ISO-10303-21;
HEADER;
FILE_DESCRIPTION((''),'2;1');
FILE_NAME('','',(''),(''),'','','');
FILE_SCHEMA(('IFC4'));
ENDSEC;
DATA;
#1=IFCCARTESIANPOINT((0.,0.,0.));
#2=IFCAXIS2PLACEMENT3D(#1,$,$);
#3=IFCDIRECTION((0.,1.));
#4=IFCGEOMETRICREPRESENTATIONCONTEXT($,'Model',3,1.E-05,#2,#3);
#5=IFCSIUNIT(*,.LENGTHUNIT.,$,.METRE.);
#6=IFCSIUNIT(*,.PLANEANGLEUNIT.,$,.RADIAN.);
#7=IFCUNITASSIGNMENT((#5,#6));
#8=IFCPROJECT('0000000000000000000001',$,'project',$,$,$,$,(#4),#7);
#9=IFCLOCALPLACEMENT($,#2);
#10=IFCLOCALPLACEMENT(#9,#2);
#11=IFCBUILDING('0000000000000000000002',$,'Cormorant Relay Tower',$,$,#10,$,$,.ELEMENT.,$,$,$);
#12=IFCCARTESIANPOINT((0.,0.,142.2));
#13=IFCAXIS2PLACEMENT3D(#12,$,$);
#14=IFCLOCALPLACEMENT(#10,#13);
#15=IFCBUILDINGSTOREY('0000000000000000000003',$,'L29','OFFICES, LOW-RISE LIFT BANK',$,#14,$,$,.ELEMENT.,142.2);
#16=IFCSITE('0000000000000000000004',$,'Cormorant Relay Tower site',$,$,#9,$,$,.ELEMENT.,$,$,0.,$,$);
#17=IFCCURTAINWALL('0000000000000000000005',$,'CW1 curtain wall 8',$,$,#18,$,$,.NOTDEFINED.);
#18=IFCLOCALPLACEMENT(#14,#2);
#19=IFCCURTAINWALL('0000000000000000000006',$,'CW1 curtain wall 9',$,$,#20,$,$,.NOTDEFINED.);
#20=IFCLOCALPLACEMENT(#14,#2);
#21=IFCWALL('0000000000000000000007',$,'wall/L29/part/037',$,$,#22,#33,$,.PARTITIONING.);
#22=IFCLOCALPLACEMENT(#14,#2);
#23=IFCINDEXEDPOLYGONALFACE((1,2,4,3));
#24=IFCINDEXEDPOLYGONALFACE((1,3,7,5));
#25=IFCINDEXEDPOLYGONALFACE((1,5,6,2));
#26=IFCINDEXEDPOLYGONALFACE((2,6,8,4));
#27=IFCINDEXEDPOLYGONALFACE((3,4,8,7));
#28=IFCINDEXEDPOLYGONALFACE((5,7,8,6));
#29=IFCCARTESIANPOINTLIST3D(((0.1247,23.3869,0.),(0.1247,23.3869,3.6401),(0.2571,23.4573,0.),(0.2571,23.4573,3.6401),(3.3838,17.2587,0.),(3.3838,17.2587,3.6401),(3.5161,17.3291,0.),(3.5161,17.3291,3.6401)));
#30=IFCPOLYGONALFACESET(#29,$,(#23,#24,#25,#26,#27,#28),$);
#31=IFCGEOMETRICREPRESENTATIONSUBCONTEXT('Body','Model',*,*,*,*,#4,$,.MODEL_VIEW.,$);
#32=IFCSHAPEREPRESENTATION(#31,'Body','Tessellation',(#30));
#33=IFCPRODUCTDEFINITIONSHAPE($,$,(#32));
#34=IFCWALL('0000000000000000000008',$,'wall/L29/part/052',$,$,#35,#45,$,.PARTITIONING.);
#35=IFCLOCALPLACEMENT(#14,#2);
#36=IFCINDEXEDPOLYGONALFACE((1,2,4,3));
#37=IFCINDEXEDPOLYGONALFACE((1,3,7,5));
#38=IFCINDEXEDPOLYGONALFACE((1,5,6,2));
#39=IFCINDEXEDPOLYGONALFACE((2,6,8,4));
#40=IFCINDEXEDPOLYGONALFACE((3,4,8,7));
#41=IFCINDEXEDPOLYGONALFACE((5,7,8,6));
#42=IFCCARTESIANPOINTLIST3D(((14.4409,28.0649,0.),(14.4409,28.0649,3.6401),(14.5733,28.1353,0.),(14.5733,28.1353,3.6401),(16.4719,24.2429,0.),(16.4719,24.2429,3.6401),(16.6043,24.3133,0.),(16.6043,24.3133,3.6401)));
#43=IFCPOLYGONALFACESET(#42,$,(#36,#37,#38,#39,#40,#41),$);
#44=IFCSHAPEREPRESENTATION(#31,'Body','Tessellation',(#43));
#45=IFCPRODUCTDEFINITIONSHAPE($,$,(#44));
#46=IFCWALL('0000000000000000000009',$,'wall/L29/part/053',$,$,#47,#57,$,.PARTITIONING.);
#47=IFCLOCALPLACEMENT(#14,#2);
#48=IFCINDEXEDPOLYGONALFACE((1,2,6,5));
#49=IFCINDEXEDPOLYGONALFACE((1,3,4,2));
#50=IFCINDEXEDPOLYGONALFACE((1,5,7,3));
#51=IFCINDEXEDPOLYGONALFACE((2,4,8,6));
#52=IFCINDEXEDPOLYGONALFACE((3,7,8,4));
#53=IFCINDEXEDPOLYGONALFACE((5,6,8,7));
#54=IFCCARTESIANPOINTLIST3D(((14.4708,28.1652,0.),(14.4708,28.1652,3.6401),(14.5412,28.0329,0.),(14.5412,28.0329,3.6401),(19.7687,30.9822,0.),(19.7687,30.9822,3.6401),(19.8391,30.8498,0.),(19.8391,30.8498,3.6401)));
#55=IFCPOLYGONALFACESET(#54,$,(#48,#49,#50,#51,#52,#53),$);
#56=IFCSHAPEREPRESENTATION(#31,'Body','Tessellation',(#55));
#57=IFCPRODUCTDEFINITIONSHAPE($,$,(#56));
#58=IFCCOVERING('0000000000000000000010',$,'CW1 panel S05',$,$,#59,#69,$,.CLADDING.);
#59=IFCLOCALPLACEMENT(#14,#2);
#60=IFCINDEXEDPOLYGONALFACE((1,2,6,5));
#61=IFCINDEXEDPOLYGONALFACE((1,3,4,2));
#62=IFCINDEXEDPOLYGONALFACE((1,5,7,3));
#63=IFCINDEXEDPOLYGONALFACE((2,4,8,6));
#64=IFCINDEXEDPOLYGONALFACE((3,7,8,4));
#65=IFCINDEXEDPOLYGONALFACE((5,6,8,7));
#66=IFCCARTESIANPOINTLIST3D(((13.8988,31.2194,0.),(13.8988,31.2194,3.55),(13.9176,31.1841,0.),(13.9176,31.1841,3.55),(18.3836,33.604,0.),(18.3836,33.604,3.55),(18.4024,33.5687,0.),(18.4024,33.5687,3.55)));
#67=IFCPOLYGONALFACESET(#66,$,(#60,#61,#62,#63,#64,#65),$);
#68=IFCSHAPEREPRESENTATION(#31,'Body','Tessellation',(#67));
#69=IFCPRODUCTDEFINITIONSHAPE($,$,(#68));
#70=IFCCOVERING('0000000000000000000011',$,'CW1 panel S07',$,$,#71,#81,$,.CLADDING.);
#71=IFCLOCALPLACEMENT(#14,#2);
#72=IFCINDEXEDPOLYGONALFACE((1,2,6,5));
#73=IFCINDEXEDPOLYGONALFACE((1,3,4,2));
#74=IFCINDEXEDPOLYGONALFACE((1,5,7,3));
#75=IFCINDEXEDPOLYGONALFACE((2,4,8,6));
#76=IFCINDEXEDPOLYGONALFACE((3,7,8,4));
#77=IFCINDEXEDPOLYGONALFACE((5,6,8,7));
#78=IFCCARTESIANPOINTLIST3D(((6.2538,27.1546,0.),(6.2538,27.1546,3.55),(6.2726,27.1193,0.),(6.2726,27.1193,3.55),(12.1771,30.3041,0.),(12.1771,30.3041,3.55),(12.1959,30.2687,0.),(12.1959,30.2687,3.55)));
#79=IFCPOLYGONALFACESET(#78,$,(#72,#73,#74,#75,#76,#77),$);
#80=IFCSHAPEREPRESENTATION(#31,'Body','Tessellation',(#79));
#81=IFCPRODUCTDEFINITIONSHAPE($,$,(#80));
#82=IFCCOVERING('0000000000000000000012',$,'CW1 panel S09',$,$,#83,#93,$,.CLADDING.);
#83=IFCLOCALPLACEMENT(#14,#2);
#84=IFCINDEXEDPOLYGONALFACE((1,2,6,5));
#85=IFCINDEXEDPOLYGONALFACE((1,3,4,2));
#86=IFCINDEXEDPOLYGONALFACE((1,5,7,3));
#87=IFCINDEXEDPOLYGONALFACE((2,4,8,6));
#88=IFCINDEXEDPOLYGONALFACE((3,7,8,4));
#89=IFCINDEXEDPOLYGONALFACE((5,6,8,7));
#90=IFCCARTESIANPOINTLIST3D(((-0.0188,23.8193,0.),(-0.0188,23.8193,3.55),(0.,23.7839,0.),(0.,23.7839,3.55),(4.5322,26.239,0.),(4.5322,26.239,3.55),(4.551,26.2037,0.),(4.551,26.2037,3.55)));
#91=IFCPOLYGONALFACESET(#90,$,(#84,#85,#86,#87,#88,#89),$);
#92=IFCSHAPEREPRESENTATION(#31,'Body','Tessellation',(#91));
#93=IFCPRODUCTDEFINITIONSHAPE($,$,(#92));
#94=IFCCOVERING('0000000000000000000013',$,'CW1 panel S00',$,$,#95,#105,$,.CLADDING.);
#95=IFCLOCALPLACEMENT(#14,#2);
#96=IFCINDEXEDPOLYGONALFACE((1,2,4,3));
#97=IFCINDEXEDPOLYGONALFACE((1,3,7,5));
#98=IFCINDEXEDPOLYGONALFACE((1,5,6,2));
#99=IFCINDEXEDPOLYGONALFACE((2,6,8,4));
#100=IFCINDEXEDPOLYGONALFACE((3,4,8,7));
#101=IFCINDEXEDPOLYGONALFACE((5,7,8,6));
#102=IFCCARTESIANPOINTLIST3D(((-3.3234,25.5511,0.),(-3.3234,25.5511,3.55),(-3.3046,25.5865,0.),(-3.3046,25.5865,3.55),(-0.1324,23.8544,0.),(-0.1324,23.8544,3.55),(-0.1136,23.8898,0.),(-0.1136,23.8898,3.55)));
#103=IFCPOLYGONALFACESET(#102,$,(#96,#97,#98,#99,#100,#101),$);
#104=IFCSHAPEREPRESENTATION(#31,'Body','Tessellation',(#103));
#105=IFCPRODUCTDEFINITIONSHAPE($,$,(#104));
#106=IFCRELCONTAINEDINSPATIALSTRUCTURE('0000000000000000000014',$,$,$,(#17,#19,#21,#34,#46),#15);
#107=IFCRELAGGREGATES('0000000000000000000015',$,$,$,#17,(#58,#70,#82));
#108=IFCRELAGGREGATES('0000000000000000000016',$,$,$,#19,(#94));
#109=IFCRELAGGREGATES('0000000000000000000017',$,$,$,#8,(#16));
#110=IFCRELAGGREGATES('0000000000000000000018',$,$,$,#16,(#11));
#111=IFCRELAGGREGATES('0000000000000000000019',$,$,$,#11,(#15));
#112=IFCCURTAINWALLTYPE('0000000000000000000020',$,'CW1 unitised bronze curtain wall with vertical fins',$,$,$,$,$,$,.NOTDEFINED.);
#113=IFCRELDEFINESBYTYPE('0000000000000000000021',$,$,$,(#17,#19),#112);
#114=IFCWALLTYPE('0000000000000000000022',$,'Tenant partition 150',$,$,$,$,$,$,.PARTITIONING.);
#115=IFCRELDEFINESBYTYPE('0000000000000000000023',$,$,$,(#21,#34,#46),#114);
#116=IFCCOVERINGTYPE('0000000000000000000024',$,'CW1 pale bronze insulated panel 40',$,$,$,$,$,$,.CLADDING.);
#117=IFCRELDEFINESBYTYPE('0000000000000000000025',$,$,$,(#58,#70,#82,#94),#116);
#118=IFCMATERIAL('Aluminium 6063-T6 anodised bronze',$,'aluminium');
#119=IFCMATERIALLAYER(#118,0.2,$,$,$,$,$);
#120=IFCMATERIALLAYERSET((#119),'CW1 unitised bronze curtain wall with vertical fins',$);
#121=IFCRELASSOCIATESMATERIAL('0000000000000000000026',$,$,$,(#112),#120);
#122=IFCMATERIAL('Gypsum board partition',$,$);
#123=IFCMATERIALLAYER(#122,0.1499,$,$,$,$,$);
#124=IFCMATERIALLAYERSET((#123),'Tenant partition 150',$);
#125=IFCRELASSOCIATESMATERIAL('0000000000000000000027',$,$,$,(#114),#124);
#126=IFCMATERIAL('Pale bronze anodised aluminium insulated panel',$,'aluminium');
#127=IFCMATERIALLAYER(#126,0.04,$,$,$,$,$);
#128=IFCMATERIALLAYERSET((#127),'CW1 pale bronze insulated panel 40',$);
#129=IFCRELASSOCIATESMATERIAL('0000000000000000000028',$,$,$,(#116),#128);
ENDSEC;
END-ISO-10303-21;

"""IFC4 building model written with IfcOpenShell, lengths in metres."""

from ifc_helpers import new_model, si_unit, direction, frame, frame_2d, origin, origin_2d, place, context, subcontext, project, spatial, rectangle, extrude, material, layer, layer_set, type_object, element, aggregate, save


model = new_model("IFC4")

# Units and contexts
model_context = context("Model", 3, precision=1e-05, world=origin(), true_north=direction((0.0, 1.0)))
body_context = subcontext(model_context, "Body", "Model", "MODEL_VIEW")
ifc_project = project(units=[si_unit("LENGTHUNIT", "METRE"), si_unit("PLANEANGLEUNIT", "RADIAN")], contexts=[model_context])

# Site, building, storey
site_placement = place(None, origin())
site = spatial("IfcSite", under=ifc_project, at=site_placement, Name="Cormorant Relay Tower site", CompositionType="ELEMENT", RefElevation=0.0)
building_placement = place(site_placement, origin())
building = spatial("IfcBuilding", under=site, at=building_placement, Name="Cormorant Relay Tower", CompositionType="ELEMENT")
storey_placement = place(building_placement, frame((0.0, 0.0, 142.2)))
storey = spatial("IfcBuildingStorey", under=building, at=storey_placement, Name="L29", Description="OFFICES, LOW-RISE LIFT BANK", CompositionType="ELEMENT", Elevation=142.2)

# Curtain walls
ifc_material_1 = material(Name="Aluminium 6063-T6 anodised bronze", Category="aluminium")
ifc_layer_1 = layer(ifc_material_1, 0.2)
ifc_layer_set_1 = layer_set([ifc_layer_1], Name="CW1 unitised bronze curtain wall with vertical fins")
curtain_wall_type = type_object("IfcCurtainWallType", Name="CW1 unitised bronze curtain wall with vertical fins", PredefinedType="NOTDEFINED", material=ifc_layer_set_1)
curtain_wall_1_placement = place(storey_placement, origin())
curtain_wall_1 = element("IfcCurtainWall", 1, at=curtain_wall_1_placement, inside=storey, type_object=curtain_wall_type, Name="CW1 curtain wall 8", PredefinedType="NOTDEFINED")
curtain_wall_2_placement = place(storey_placement, origin())
curtain_wall_2 = element("IfcCurtainWall", 2, at=curtain_wall_2_placement, inside=storey, type_object=curtain_wall_type, Name="CW1 curtain wall 9", PredefinedType="NOTDEFINED")

# Walls
ifc_material_2 = material(Name="Gypsum board partition")
ifc_layer_2 = layer(ifc_material_2, 0.1499)
ifc_layer_set_2 = layer_set([ifc_layer_2], Name="Tenant partition 150")
wall_type_1 = type_object("IfcWallType", Name="Tenant partition 150", PredefinedType="PARTITIONING", material=ifc_layer_set_2)
wall_1_placement = place(storey_placement, frame((0.1909, 23.4221, 0.0), z_axis=(0.0, 0.0, 1.0), x_axis=(0.469542, -0.88291, 0.0)))
element("IfcWall", 3, at=wall_1_placement, inside=storey, type_object=wall_type_1, Name="wall/L29/part/037", PredefinedType="PARTITIONING", context=body_context, shape_type="SweptSolid", body=[
    extrude(rectangle(XDim=6.9409, YDim=0.1499, at=frame_2d((3.4705, 0.0))), origin(), (0.0, 0.0, 1.0), 3.6401),
])
wall_2_placement = place(storey_placement, frame((14.5071, 28.1001, 0.0), z_axis=(0.0, 0.0, 1.0), x_axis=(0.469256, -0.883062, 0.0)))
element("IfcWall", 4, at=wall_2_placement, inside=storey, type_object=wall_type_1, Name="wall/L29/part/052", PredefinedType="PARTITIONING", context=body_context, shape_type="SweptSolid", body=[
    extrude(rectangle(XDim=4.3281, YDim=0.1499, at=frame_2d((2.1641, 0.0))), origin(), (0.0, 0.0, 1.0), 3.6401),
])
wall_3_placement = place(storey_placement, frame((14.5061, 28.0991, 0.0), z_axis=(0.0, 0.0, 1.0), x_axis=(0.882949, 0.469469, 0.0)))
element("IfcWall", 5, at=wall_3_placement, inside=storey, type_object=wall_type_1, Name="wall/L29/part/053", PredefinedType="PARTITIONING", context=body_context, shape_type="SweptSolid", body=[
    extrude(rectangle(XDim=6.0002, YDim=0.1499, at=frame_2d((3.0, 0.0))), origin(), (0.0, 0.0, 1.0), 3.6401),
])

# Coverings
ifc_material_3 = material(Name="Pale bronze anodised aluminium insulated panel", Category="aluminium")
ifc_layer_3 = layer(ifc_material_3, 0.04)
ifc_layer_set_3 = layer_set([ifc_layer_3], Name="CW1 pale bronze insulated panel 40")
covering_type = type_object("IfcCoveringType", Name="CW1 pale bronze insulated panel 40", PredefinedType="CLADDING", material=ifc_layer_set_3)
covering_1_placement = place(storey_placement, frame((16.1506, 32.394, 0.0), z_axis=(0.0, 0.0, 1.0), x_axis=(-0.882948, -0.469472, 0.0)))
covering_1 = element("IfcCovering", 6, at=covering_1_placement, type_object=covering_type, Name="CW1 panel S05", PredefinedType="CLADDING", context=body_context, shape_type="SweptSolid", body=[
    extrude(rectangle(XDim=5.0793, YDim=0.04, at=origin_2d()), origin(), (0.0, 0.0, 1.0), 3.55),
])
covering_2_placement = place(storey_placement, frame((9.2249, 28.7117, 0.0), z_axis=(0.0, 0.0, 1.0), x_axis=(-0.882948, -0.469472, 0.0)))
covering_2 = element("IfcCovering", 7, at=covering_2_placement, type_object=covering_type, Name="CW1 panel S07", PredefinedType="CLADDING", context=body_context, shape_type="SweptSolid", body=[
    extrude(rectangle(XDim=6.7085, YDim=0.04, at=origin_2d()), origin(), (0.0, 0.0, 1.0), 3.55),
])
covering_3_placement = place(storey_placement, frame((2.2661, 25.0115, 0.0), z_axis=(0.0, 0.0, 1.0), x_axis=(-0.882948, -0.469472, 0.0)))
covering_3 = element("IfcCovering", 8, at=covering_3_placement, type_object=covering_type, Name="CW1 panel S09", PredefinedType="CLADDING", context=body_context, shape_type="SweptSolid", body=[
    extrude(rectangle(XDim=5.1543, YDim=0.04, at=origin_2d()), origin(), (0.0, 0.0, 1.0), 3.55),
])
aggregate(curtain_wall_1, [covering_1, covering_2, covering_3])
covering_4_placement = place(storey_placement, frame((-1.7185, 24.7205, 0.0), z_axis=(0.0, 0.0, 1.0), x_axis=(-0.882948, 0.469472, 0.0)))
covering_4 = element("IfcCovering", 9, at=covering_4_placement, type_object=covering_type, Name="CW1 panel S00", PredefinedType="CLADDING", context=body_context, shape_type="SweptSolid", body=[
    extrude(rectangle(XDim=3.614, YDim=0.04, at=origin_2d()), origin(), (0.0, 0.0, 1.0), 3.55),
])
aggregate(curtain_wall_2, [covering_4])

save(model, "model.ifc")
